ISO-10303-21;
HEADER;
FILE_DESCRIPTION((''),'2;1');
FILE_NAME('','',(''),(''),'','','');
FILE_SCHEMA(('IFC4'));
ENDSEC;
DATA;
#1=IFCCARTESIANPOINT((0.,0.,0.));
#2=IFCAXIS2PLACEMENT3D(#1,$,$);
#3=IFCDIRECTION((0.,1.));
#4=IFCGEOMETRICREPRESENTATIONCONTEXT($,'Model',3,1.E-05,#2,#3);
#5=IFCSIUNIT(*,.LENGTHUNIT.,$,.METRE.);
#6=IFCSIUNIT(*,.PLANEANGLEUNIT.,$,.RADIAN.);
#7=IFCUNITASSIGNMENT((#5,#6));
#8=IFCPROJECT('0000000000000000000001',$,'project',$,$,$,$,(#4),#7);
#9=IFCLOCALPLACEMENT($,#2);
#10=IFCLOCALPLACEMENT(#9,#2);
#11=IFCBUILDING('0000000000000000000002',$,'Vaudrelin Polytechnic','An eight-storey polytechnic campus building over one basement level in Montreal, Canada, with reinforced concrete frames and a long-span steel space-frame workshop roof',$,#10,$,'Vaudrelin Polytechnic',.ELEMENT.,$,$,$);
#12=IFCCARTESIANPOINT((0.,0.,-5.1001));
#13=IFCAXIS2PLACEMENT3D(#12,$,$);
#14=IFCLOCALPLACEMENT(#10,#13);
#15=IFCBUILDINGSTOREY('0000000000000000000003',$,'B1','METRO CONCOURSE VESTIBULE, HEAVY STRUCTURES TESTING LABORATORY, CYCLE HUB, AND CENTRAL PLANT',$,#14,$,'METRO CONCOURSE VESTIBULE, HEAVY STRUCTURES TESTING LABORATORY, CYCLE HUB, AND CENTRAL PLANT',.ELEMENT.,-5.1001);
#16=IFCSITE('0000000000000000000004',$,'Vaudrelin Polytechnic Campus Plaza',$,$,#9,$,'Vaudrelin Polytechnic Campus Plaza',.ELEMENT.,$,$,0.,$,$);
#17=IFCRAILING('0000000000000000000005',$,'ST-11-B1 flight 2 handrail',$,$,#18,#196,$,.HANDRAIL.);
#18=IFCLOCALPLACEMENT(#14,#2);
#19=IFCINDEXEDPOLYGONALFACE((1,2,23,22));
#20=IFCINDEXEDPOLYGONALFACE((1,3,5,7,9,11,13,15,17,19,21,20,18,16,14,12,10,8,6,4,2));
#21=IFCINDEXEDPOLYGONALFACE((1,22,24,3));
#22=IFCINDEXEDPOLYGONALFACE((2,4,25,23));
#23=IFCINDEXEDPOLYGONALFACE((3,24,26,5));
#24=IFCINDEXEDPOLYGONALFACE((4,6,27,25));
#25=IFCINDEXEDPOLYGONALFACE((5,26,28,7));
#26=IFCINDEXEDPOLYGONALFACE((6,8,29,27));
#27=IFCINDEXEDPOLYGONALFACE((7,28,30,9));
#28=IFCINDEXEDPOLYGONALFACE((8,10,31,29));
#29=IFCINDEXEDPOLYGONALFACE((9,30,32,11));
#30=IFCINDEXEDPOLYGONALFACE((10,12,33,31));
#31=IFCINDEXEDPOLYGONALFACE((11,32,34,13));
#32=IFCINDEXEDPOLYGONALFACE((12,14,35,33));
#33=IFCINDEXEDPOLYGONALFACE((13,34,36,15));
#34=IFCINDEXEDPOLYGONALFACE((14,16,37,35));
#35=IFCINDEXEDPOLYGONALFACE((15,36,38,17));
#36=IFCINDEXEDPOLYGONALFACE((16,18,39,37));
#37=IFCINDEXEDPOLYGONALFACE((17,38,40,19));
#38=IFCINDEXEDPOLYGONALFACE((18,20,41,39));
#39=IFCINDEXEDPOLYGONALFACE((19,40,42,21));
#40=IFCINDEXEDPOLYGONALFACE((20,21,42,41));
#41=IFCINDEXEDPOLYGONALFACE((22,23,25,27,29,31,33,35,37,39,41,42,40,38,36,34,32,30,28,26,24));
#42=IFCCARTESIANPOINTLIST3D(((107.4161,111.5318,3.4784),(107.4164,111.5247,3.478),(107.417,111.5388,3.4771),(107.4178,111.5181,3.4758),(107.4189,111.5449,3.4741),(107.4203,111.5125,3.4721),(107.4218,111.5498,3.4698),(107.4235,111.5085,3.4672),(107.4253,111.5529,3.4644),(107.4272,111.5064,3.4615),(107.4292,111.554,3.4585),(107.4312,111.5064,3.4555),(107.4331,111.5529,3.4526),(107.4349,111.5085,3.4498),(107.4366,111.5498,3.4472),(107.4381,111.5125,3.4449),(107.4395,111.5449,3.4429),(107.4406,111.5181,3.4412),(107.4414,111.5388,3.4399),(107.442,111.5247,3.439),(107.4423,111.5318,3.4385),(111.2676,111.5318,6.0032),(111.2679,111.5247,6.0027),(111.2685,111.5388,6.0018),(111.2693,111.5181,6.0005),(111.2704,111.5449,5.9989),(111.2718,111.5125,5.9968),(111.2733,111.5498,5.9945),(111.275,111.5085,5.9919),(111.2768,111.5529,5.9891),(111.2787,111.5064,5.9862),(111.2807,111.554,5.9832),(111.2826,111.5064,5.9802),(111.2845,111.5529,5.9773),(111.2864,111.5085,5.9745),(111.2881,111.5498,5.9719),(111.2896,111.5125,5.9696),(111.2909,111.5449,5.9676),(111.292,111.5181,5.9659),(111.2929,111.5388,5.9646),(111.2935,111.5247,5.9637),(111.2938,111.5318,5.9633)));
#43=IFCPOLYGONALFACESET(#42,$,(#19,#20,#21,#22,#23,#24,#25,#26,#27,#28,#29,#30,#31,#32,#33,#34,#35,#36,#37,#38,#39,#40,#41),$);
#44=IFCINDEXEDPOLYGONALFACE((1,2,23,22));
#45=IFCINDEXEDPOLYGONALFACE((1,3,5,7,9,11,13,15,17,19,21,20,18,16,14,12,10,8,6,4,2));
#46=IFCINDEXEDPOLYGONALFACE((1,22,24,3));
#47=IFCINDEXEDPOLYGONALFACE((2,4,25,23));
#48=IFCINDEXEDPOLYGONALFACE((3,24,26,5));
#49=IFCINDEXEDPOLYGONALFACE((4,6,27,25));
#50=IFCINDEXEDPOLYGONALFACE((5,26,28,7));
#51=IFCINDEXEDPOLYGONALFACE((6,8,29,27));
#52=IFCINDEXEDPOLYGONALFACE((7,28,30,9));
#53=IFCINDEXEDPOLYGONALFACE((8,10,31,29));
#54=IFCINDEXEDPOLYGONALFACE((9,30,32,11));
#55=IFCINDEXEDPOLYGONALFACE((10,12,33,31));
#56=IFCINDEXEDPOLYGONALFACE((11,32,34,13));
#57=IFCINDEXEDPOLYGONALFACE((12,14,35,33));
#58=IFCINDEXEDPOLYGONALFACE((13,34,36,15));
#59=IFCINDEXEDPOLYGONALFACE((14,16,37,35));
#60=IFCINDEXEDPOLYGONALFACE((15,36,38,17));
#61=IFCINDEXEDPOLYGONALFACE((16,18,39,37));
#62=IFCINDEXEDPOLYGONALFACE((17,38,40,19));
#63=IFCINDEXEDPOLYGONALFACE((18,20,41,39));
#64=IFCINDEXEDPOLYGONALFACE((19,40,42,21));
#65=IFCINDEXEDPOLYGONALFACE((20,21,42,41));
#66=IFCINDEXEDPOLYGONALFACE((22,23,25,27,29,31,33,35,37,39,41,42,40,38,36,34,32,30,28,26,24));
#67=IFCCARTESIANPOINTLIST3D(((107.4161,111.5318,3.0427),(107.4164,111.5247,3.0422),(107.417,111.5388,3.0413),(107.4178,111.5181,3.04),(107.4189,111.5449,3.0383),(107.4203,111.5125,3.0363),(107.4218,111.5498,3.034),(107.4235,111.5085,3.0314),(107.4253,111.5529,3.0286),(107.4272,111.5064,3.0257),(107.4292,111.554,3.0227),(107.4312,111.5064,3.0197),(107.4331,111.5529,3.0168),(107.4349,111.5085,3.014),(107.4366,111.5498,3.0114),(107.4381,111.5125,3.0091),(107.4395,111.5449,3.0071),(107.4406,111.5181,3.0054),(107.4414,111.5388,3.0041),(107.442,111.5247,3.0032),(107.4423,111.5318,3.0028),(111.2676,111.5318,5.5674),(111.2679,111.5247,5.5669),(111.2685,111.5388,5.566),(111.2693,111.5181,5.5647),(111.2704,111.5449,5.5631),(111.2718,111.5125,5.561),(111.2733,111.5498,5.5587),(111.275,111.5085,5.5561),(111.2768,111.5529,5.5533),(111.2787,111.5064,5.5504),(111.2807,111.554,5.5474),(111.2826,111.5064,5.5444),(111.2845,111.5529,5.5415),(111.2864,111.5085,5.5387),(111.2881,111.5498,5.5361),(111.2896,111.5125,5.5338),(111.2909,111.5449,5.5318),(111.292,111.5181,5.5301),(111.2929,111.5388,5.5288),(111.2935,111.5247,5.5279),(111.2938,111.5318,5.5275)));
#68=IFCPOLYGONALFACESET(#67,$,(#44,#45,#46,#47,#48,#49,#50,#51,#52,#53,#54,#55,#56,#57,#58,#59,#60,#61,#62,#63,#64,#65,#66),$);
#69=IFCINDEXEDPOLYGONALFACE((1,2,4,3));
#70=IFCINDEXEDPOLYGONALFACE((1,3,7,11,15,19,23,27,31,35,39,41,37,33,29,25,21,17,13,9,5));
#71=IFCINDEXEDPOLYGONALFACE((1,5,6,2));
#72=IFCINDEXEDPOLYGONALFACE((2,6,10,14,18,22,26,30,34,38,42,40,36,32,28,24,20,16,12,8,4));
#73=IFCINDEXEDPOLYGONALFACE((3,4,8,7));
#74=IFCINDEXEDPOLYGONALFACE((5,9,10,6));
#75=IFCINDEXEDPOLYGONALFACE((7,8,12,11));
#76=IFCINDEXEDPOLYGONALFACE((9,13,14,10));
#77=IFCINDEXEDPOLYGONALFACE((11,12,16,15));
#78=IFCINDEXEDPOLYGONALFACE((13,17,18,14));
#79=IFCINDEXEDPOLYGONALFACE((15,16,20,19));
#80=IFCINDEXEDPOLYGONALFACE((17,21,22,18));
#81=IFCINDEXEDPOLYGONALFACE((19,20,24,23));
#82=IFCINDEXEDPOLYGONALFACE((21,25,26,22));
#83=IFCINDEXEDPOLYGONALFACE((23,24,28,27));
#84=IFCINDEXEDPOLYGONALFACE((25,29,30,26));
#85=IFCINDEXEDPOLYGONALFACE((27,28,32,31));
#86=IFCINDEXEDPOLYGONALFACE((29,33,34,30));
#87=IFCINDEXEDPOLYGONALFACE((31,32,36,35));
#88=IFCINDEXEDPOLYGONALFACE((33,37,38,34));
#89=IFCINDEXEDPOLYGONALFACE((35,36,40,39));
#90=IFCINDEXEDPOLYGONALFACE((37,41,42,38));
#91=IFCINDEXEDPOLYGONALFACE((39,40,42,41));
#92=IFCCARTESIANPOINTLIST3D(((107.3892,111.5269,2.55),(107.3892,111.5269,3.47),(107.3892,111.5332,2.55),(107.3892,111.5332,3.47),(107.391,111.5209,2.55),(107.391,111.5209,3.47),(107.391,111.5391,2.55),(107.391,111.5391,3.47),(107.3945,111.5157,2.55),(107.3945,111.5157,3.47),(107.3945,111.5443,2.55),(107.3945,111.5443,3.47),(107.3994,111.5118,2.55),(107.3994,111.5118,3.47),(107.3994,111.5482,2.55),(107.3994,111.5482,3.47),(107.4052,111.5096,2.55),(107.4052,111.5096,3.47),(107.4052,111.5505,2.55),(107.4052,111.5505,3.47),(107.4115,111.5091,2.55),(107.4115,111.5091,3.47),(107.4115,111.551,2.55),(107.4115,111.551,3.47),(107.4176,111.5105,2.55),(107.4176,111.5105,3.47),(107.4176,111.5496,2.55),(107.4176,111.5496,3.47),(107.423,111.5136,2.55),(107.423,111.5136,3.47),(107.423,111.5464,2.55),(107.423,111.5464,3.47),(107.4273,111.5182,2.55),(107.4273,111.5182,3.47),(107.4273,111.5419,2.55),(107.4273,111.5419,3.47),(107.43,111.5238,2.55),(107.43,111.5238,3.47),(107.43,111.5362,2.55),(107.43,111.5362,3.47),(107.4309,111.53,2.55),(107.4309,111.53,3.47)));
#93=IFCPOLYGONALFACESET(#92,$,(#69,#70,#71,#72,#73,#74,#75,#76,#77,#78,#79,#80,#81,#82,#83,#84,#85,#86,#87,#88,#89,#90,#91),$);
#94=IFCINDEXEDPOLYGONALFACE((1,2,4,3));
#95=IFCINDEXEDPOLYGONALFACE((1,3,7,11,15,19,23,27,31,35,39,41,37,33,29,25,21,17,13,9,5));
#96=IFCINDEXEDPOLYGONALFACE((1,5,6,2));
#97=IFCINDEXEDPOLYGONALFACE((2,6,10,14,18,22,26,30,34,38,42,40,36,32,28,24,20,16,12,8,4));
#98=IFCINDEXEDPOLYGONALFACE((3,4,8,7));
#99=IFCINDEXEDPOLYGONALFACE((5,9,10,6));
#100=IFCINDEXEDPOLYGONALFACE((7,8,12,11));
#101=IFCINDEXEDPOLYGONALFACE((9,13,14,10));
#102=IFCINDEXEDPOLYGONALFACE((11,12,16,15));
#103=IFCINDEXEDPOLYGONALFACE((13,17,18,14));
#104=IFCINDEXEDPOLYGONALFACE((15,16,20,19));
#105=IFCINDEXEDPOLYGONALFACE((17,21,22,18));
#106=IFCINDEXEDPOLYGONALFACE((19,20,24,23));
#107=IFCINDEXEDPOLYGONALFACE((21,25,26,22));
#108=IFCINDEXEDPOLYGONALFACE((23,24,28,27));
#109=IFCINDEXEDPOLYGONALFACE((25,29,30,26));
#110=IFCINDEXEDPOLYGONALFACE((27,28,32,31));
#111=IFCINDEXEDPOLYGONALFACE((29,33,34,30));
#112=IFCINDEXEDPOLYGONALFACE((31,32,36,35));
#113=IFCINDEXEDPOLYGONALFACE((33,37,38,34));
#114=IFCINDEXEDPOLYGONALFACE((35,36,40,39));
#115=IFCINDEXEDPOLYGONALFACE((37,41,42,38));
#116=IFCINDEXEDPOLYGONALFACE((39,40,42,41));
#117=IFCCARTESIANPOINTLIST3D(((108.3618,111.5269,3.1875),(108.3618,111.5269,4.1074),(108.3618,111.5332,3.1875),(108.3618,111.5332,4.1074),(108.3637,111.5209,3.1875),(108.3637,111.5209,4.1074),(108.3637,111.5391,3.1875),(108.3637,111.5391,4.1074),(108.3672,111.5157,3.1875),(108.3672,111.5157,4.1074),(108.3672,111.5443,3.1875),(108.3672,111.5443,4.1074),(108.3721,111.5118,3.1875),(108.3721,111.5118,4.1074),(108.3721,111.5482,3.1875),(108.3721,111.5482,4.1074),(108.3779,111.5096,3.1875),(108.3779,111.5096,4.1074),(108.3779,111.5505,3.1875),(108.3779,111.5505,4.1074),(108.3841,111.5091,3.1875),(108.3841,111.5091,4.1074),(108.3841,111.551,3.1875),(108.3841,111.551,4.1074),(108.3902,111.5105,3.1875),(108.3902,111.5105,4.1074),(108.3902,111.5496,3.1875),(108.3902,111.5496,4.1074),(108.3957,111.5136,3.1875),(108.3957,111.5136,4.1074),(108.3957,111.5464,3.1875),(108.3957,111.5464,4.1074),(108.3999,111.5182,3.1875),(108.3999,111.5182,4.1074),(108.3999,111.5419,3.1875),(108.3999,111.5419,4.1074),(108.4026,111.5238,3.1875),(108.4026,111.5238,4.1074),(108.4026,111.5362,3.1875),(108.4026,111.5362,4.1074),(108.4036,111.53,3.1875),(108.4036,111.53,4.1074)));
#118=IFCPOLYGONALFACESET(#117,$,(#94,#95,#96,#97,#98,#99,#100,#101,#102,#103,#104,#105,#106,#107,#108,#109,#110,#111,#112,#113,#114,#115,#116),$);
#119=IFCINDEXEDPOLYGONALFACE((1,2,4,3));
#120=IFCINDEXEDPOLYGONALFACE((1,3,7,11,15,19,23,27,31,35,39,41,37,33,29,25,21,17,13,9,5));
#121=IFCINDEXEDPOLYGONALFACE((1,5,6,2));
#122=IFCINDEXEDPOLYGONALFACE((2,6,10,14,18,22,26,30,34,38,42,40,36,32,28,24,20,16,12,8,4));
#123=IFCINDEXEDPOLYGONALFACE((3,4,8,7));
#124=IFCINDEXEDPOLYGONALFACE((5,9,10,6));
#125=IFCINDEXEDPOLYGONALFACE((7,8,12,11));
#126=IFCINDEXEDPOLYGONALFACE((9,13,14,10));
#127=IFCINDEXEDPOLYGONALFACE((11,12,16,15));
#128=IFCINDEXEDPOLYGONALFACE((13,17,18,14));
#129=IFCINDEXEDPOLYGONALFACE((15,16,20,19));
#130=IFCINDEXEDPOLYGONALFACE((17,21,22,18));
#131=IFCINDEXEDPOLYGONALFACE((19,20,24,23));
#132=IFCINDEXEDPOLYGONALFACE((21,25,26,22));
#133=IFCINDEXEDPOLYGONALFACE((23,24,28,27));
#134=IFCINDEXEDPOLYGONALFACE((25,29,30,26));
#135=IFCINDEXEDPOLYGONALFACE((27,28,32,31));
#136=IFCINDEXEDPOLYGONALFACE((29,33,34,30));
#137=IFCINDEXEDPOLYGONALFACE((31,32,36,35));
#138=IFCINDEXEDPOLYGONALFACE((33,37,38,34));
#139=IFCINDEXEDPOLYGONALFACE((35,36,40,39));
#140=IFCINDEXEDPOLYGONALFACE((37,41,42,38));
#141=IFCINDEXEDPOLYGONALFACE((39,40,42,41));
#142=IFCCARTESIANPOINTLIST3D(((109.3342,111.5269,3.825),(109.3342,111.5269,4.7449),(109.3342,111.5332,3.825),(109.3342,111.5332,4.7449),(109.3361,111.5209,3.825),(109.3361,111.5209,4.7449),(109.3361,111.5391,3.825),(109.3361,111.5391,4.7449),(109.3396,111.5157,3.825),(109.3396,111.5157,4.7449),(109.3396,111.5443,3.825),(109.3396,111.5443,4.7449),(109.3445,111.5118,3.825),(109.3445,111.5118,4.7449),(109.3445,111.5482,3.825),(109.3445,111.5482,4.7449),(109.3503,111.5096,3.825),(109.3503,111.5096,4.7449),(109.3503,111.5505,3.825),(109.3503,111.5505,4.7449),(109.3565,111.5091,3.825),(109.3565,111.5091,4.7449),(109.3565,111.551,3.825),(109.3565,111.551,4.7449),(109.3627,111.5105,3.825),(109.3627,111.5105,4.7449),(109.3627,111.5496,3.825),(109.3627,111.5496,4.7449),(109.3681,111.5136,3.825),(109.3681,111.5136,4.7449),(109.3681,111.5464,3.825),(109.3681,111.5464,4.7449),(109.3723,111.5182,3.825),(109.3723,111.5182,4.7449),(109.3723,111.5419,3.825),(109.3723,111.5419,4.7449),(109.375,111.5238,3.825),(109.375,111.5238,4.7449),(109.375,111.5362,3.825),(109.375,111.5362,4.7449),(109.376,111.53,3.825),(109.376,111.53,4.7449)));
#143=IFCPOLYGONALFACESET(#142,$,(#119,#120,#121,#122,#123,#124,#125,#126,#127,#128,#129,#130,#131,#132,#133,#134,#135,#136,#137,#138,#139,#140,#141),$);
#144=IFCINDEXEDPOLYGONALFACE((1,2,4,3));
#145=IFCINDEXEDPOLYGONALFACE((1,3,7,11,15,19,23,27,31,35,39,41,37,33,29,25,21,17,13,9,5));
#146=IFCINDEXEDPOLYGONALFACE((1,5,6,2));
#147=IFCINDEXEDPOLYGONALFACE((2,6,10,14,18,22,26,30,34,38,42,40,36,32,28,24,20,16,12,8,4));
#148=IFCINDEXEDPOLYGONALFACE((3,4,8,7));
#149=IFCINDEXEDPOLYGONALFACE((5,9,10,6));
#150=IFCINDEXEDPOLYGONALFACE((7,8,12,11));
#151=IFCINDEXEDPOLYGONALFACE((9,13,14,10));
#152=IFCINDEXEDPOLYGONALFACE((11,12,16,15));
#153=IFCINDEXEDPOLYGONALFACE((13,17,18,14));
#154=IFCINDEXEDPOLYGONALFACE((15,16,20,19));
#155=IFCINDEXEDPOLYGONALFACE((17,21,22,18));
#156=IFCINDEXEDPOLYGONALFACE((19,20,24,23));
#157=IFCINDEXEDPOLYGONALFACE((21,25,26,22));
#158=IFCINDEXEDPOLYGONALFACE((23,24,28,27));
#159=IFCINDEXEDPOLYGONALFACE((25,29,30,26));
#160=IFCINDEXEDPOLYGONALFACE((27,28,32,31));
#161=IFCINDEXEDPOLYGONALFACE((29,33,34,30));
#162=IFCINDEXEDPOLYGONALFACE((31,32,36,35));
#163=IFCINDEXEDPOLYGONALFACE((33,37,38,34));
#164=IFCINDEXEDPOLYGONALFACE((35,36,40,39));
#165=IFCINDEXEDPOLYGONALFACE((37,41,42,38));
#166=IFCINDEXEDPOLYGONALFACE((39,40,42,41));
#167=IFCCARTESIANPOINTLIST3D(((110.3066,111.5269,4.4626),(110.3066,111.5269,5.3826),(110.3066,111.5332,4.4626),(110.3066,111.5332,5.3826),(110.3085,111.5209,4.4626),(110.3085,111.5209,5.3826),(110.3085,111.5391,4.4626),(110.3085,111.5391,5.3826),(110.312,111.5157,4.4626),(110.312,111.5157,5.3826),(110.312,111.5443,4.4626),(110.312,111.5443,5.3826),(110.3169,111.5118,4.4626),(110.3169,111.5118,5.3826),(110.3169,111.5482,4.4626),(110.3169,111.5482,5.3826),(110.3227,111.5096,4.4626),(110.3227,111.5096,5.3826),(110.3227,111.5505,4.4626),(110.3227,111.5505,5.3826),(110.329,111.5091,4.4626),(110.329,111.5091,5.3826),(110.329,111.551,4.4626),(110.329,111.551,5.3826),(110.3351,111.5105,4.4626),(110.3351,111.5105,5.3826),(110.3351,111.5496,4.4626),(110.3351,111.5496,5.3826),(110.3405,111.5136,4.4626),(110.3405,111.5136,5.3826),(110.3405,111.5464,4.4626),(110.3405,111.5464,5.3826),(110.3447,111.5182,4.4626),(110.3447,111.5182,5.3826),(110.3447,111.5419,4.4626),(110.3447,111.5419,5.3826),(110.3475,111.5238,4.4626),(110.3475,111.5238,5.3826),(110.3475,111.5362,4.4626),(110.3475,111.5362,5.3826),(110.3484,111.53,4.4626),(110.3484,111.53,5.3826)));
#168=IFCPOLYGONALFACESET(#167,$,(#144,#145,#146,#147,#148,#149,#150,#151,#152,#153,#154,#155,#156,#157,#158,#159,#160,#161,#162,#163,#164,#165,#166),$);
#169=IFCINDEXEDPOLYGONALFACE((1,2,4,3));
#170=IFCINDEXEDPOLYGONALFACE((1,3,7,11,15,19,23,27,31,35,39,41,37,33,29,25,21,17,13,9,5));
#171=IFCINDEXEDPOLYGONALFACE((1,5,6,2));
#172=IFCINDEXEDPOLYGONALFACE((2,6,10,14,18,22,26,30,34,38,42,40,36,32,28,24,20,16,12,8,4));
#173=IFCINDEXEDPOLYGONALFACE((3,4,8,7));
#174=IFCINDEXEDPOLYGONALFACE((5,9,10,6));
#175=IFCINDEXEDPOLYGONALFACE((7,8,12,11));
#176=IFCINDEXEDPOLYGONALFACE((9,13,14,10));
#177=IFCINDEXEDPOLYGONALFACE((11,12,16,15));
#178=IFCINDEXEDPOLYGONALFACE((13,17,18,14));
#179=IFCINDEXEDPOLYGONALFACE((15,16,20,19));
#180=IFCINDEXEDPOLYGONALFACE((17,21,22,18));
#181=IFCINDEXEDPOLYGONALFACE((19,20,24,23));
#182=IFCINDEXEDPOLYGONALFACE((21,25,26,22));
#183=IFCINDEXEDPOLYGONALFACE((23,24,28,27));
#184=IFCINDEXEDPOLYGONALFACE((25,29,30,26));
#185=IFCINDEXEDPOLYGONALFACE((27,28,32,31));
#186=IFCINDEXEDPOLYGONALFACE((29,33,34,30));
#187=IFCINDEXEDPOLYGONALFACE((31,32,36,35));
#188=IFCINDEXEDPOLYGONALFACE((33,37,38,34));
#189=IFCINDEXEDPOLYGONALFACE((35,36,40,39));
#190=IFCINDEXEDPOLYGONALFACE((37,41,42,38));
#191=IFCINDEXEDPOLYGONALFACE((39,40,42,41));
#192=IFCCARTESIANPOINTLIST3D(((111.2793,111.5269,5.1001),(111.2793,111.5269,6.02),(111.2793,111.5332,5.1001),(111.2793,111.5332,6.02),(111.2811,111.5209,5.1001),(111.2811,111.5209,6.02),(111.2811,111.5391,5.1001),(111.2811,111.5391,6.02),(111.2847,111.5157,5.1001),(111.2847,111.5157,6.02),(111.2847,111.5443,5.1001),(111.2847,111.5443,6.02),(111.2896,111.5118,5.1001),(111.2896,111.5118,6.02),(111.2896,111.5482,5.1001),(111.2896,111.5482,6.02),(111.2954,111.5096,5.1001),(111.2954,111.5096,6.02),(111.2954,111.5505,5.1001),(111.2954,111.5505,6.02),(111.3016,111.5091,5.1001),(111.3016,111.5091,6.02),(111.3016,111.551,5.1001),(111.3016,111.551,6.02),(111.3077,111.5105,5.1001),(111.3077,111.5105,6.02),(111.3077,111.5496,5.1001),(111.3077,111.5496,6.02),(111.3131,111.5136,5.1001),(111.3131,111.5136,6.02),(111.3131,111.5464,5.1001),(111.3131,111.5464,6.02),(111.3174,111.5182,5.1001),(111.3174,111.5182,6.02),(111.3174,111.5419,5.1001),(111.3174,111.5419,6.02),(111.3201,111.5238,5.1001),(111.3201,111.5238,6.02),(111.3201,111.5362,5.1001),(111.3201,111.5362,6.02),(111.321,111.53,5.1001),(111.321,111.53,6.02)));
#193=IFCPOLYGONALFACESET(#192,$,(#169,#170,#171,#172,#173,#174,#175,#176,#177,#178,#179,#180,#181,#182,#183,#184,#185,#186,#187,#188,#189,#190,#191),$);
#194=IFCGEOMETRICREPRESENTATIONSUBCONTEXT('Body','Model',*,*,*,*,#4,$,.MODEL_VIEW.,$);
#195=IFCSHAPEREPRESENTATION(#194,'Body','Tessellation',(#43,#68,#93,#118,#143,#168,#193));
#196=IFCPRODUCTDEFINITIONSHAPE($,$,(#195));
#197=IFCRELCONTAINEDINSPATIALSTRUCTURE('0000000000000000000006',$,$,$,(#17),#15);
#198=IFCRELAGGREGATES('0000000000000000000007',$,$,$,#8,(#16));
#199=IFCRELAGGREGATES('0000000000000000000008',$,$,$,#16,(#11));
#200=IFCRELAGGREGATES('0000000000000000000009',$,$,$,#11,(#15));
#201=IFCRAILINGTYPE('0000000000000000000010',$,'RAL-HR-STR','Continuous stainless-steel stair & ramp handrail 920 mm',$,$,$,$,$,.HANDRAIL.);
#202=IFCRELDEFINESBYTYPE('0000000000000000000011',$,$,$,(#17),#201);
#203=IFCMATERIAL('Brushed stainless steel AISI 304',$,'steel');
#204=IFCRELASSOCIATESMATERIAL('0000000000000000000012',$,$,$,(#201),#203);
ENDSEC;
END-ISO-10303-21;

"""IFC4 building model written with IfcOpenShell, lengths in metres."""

from ifc_helpers import new_model, si_unit, direction, frame, origin, origin_2d, place, context, subcontext, project, spatial, circle, extrude, material, type_object, element, save


model = new_model("IFC4")

# Units and contexts
model_context = context("Model", 3, precision=1e-05, world=origin(), true_north=direction((0.0, 1.0)))
body_context = subcontext(model_context, "Body", "Model", "MODEL_VIEW")
ifc_project = project(units=[si_unit("LENGTHUNIT", "METRE"), si_unit("PLANEANGLEUNIT", "RADIAN")], contexts=[model_context])

# Site, building, storey
site_placement = place(None, origin())
site = spatial("IfcSite", under=ifc_project, at=site_placement, Name="Vaudrelin Polytechnic Campus Plaza", LongName="Vaudrelin Polytechnic Campus Plaza", CompositionType="ELEMENT", RefElevation=0.0)
building_placement = place(site_placement, origin())
building = spatial("IfcBuilding", under=site, at=building_placement, Name="Vaudrelin Polytechnic", Description="An eight-storey polytechnic campus building over one basement level in Montreal, Canada, with reinforced concrete frames and a long-span steel space-frame workshop roof", LongName="Vaudrelin Polytechnic", CompositionType="ELEMENT")
storey_placement = place(building_placement, frame((0.0, 0.0, -5.1001)))
storey = spatial("IfcBuildingStorey", under=building, at=storey_placement, Name="B1", Description="METRO CONCOURSE VESTIBULE, HEAVY STRUCTURES TESTING LABORATORY, CYCLE HUB, AND CENTRAL PLANT", LongName="METRO CONCOURSE VESTIBULE, HEAVY STRUCTURES TESTING LABORATORY, CYCLE HUB, AND CENTRAL PLANT", CompositionType="ELEMENT", Elevation=-5.1001)

# Railing
ifc_material_1 = material(Name="Brushed stainless steel AISI 304", Category="steel")
railing_type_1 = type_object("IfcRailingType", Name="RAL-HR-STR", Description="Continuous stainless-steel stair & ramp handrail 920 mm", PredefinedType="HANDRAIL", material=ifc_material_1)
railing_1_placement = place(storey_placement, frame((107.4099, 111.53, 2.55)))
element("IfcRailing", 1, at=railing_1_placement, inside=storey, type_object=railing_type_1, Name="ST-11-B1 flight 2 handrail", PredefinedType="HANDRAIL", context=body_context, shape_type="SweptSolid", body=[
    extrude(circle(Radius=0.0239, at=origin_2d()), frame((0.0193, 0.0, 0.9084), z_axis=(0.836329, 0.0, 0.548228), x_axis=(0.0, 1.0, 0.0)), (0.0, 0.0, 1.0), 4.6052),
    extrude(circle(Radius=0.0239, at=origin_2d()), frame((0.0193, 0.0, 0.4727), z_axis=(0.836329, 0.0, 0.548228), x_axis=(0.0, 1.0, 0.0)), (0.0, 0.0, 1.0), 4.6052),
    extrude(circle(Radius=0.021, at=origin_2d()), origin(), (0.0, 0.0, 1.0), 0.9199),
    extrude(circle(Radius=0.021, at=origin_2d()), frame((0.9727, 0.0, 0.6375)), (0.0, 0.0, 1.0), 0.9199),
    extrude(circle(Radius=0.021, at=origin_2d()), frame((1.9451, 0.0, 1.2749)), (0.0, 0.0, 1.0), 0.9199),
    extrude(circle(Radius=0.021, at=origin_2d()), frame((2.9175, 0.0, 1.9126)), (0.0, 0.0, 1.0), 0.9199),
    extrude(circle(Radius=0.021, at=origin_2d()), frame((3.8901, 0.0, 2.55)), (0.0, 0.0, 1.0), 0.9199),
])

save(model, "model.ifc")
